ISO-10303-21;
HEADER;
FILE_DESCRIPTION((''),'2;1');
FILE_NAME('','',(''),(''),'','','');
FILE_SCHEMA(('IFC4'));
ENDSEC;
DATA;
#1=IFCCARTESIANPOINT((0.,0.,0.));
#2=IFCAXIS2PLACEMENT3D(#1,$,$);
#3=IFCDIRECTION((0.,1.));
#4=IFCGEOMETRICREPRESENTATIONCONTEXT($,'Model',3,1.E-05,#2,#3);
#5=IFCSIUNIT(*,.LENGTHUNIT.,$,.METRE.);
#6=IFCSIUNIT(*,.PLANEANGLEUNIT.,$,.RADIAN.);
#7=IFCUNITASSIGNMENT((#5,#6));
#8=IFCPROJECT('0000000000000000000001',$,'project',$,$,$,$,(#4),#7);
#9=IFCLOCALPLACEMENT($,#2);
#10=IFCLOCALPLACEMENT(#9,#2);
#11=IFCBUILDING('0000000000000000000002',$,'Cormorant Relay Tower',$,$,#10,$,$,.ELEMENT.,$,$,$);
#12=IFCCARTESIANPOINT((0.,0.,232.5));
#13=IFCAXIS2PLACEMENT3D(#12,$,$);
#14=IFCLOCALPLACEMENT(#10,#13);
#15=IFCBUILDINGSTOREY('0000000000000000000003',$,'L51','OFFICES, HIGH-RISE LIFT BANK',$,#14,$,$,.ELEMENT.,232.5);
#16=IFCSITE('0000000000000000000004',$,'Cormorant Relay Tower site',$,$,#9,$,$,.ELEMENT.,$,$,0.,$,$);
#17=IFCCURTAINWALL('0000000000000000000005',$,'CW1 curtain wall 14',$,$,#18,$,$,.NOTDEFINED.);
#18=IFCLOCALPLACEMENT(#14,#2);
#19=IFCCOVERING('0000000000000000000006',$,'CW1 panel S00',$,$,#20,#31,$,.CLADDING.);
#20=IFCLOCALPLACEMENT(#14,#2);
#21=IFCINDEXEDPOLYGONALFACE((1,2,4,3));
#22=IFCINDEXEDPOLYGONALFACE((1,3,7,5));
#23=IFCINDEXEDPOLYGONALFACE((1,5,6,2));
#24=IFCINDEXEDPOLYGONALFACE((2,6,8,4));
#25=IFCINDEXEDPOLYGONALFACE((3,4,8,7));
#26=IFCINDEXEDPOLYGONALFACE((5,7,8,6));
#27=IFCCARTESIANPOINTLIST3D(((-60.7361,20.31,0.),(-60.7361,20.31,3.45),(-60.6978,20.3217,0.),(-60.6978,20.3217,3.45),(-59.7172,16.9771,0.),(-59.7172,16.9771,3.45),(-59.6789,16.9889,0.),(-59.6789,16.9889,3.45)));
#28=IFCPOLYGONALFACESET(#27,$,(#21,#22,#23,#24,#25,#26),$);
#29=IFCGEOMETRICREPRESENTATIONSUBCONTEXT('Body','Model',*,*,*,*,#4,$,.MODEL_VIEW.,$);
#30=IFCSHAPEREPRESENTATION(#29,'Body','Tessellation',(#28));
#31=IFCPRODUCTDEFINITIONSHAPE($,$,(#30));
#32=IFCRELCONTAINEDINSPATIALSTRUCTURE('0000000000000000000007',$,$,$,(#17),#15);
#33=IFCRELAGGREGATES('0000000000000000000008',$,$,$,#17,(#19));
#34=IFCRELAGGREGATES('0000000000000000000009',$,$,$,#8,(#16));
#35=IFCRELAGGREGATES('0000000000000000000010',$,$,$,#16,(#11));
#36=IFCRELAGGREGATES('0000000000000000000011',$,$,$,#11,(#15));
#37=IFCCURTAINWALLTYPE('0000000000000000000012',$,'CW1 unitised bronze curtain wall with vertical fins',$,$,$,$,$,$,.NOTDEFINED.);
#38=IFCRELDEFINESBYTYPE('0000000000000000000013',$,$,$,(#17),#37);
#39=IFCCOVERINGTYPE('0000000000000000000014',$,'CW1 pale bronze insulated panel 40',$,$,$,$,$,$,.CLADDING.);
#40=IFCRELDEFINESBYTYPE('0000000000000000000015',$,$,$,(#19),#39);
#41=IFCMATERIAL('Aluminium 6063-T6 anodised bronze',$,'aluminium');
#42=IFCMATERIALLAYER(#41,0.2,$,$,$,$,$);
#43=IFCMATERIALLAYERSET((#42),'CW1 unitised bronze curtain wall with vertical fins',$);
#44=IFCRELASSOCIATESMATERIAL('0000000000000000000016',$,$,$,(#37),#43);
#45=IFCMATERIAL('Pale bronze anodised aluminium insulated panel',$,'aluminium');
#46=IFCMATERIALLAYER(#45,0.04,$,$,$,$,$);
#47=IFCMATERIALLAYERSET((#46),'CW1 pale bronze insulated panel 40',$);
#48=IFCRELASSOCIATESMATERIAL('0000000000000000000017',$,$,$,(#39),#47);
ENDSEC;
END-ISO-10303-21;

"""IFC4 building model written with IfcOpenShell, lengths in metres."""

from ifc_helpers import new_model, si_unit, direction, frame, origin, origin_2d, place, context, subcontext, project, spatial, rectangle, extrude, material, layer, layer_set, type_object, element, aggregate, save


model = new_model("IFC4")

# Units and contexts
model_context = context("Model", 3, precision=1e-05, world=origin(), true_north=direction((0.0, 1.0)))
body_context = subcontext(model_context, "Body", "Model", "MODEL_VIEW")
ifc_project = project(units=[si_unit("LENGTHUNIT", "METRE"), si_unit("PLANEANGLEUNIT", "RADIAN")], contexts=[model_context])

# Site, building, storey
site_placement = place(None, origin())
site = spatial("IfcSite", under=ifc_project, at=site_placement, Name="Cormorant Relay Tower site", CompositionType="ELEMENT", RefElevation=0.0)
building_placement = place(site_placement, origin())
building = spatial("IfcBuilding", under=site, at=building_placement, Name="Cormorant Relay Tower", CompositionType="ELEMENT")
storey_placement = place(building_placement, frame((0.0, 0.0, 232.5)))
storey = spatial("IfcBuildingStorey", under=building, at=storey_placement, Name="L51", Description="OFFICES, HIGH-RISE LIFT BANK", CompositionType="ELEMENT", Elevation=232.5)

# Shared definitions
ifc_material_1 = material(Name="Aluminium 6063-T6 anodised bronze", Category="aluminium")
ifc_layer_1 = layer(ifc_material_1, 0.2)
ifc_layer_set_1 = layer_set([ifc_layer_1], Name="CW1 unitised bronze curtain wall with vertical fins")
curtain_wall_type = type_object("IfcCurtainWallType", Name="CW1 unitised bronze curtain wall with vertical fins", PredefinedType="NOTDEFINED", material=ifc_layer_set_1)

# Curtain wall
curtain_wall_1_placement = place(storey_placement, origin())
curtain_wall_1 = element("IfcCurtainWall", 1, at=curtain_wall_1_placement, inside=storey, type_object=curtain_wall_type, Name="CW1 curtain wall 14", PredefinedType="NOTDEFINED")

# Covering
ifc_material_2 = material(Name="Pale bronze anodised aluminium insulated panel", Category="aluminium")
ifc_layer_2 = layer(ifc_material_2, 0.04)
ifc_layer_set_2 = layer_set([ifc_layer_2], Name="CW1 pale bronze insulated panel 40")
covering_type = type_object("IfcCoveringType", Name="CW1 pale bronze insulated panel 40", PredefinedType="CLADDING", material=ifc_layer_set_2)
covering_1_placement = place(storey_placement, frame((-60.2075, 18.6494, 0.0), z_axis=(0.0, 0.0, 1.0), x_axis=(0.292372, -0.956305, 0.0)))
covering_1 = element("IfcCovering", 2, at=covering_1_placement, type_object=covering_type, Name="CW1 panel S00", PredefinedType="CLADDING", context=body_context, shape_type="SweptSolid", body=[
    extrude(rectangle(XDim=3.4851, YDim=0.04, at=origin_2d()), origin(), (0.0, 0.0, 1.0), 3.45),
])
aggregate(curtain_wall_1, [covering_1])

save(model, "model.ifc")
